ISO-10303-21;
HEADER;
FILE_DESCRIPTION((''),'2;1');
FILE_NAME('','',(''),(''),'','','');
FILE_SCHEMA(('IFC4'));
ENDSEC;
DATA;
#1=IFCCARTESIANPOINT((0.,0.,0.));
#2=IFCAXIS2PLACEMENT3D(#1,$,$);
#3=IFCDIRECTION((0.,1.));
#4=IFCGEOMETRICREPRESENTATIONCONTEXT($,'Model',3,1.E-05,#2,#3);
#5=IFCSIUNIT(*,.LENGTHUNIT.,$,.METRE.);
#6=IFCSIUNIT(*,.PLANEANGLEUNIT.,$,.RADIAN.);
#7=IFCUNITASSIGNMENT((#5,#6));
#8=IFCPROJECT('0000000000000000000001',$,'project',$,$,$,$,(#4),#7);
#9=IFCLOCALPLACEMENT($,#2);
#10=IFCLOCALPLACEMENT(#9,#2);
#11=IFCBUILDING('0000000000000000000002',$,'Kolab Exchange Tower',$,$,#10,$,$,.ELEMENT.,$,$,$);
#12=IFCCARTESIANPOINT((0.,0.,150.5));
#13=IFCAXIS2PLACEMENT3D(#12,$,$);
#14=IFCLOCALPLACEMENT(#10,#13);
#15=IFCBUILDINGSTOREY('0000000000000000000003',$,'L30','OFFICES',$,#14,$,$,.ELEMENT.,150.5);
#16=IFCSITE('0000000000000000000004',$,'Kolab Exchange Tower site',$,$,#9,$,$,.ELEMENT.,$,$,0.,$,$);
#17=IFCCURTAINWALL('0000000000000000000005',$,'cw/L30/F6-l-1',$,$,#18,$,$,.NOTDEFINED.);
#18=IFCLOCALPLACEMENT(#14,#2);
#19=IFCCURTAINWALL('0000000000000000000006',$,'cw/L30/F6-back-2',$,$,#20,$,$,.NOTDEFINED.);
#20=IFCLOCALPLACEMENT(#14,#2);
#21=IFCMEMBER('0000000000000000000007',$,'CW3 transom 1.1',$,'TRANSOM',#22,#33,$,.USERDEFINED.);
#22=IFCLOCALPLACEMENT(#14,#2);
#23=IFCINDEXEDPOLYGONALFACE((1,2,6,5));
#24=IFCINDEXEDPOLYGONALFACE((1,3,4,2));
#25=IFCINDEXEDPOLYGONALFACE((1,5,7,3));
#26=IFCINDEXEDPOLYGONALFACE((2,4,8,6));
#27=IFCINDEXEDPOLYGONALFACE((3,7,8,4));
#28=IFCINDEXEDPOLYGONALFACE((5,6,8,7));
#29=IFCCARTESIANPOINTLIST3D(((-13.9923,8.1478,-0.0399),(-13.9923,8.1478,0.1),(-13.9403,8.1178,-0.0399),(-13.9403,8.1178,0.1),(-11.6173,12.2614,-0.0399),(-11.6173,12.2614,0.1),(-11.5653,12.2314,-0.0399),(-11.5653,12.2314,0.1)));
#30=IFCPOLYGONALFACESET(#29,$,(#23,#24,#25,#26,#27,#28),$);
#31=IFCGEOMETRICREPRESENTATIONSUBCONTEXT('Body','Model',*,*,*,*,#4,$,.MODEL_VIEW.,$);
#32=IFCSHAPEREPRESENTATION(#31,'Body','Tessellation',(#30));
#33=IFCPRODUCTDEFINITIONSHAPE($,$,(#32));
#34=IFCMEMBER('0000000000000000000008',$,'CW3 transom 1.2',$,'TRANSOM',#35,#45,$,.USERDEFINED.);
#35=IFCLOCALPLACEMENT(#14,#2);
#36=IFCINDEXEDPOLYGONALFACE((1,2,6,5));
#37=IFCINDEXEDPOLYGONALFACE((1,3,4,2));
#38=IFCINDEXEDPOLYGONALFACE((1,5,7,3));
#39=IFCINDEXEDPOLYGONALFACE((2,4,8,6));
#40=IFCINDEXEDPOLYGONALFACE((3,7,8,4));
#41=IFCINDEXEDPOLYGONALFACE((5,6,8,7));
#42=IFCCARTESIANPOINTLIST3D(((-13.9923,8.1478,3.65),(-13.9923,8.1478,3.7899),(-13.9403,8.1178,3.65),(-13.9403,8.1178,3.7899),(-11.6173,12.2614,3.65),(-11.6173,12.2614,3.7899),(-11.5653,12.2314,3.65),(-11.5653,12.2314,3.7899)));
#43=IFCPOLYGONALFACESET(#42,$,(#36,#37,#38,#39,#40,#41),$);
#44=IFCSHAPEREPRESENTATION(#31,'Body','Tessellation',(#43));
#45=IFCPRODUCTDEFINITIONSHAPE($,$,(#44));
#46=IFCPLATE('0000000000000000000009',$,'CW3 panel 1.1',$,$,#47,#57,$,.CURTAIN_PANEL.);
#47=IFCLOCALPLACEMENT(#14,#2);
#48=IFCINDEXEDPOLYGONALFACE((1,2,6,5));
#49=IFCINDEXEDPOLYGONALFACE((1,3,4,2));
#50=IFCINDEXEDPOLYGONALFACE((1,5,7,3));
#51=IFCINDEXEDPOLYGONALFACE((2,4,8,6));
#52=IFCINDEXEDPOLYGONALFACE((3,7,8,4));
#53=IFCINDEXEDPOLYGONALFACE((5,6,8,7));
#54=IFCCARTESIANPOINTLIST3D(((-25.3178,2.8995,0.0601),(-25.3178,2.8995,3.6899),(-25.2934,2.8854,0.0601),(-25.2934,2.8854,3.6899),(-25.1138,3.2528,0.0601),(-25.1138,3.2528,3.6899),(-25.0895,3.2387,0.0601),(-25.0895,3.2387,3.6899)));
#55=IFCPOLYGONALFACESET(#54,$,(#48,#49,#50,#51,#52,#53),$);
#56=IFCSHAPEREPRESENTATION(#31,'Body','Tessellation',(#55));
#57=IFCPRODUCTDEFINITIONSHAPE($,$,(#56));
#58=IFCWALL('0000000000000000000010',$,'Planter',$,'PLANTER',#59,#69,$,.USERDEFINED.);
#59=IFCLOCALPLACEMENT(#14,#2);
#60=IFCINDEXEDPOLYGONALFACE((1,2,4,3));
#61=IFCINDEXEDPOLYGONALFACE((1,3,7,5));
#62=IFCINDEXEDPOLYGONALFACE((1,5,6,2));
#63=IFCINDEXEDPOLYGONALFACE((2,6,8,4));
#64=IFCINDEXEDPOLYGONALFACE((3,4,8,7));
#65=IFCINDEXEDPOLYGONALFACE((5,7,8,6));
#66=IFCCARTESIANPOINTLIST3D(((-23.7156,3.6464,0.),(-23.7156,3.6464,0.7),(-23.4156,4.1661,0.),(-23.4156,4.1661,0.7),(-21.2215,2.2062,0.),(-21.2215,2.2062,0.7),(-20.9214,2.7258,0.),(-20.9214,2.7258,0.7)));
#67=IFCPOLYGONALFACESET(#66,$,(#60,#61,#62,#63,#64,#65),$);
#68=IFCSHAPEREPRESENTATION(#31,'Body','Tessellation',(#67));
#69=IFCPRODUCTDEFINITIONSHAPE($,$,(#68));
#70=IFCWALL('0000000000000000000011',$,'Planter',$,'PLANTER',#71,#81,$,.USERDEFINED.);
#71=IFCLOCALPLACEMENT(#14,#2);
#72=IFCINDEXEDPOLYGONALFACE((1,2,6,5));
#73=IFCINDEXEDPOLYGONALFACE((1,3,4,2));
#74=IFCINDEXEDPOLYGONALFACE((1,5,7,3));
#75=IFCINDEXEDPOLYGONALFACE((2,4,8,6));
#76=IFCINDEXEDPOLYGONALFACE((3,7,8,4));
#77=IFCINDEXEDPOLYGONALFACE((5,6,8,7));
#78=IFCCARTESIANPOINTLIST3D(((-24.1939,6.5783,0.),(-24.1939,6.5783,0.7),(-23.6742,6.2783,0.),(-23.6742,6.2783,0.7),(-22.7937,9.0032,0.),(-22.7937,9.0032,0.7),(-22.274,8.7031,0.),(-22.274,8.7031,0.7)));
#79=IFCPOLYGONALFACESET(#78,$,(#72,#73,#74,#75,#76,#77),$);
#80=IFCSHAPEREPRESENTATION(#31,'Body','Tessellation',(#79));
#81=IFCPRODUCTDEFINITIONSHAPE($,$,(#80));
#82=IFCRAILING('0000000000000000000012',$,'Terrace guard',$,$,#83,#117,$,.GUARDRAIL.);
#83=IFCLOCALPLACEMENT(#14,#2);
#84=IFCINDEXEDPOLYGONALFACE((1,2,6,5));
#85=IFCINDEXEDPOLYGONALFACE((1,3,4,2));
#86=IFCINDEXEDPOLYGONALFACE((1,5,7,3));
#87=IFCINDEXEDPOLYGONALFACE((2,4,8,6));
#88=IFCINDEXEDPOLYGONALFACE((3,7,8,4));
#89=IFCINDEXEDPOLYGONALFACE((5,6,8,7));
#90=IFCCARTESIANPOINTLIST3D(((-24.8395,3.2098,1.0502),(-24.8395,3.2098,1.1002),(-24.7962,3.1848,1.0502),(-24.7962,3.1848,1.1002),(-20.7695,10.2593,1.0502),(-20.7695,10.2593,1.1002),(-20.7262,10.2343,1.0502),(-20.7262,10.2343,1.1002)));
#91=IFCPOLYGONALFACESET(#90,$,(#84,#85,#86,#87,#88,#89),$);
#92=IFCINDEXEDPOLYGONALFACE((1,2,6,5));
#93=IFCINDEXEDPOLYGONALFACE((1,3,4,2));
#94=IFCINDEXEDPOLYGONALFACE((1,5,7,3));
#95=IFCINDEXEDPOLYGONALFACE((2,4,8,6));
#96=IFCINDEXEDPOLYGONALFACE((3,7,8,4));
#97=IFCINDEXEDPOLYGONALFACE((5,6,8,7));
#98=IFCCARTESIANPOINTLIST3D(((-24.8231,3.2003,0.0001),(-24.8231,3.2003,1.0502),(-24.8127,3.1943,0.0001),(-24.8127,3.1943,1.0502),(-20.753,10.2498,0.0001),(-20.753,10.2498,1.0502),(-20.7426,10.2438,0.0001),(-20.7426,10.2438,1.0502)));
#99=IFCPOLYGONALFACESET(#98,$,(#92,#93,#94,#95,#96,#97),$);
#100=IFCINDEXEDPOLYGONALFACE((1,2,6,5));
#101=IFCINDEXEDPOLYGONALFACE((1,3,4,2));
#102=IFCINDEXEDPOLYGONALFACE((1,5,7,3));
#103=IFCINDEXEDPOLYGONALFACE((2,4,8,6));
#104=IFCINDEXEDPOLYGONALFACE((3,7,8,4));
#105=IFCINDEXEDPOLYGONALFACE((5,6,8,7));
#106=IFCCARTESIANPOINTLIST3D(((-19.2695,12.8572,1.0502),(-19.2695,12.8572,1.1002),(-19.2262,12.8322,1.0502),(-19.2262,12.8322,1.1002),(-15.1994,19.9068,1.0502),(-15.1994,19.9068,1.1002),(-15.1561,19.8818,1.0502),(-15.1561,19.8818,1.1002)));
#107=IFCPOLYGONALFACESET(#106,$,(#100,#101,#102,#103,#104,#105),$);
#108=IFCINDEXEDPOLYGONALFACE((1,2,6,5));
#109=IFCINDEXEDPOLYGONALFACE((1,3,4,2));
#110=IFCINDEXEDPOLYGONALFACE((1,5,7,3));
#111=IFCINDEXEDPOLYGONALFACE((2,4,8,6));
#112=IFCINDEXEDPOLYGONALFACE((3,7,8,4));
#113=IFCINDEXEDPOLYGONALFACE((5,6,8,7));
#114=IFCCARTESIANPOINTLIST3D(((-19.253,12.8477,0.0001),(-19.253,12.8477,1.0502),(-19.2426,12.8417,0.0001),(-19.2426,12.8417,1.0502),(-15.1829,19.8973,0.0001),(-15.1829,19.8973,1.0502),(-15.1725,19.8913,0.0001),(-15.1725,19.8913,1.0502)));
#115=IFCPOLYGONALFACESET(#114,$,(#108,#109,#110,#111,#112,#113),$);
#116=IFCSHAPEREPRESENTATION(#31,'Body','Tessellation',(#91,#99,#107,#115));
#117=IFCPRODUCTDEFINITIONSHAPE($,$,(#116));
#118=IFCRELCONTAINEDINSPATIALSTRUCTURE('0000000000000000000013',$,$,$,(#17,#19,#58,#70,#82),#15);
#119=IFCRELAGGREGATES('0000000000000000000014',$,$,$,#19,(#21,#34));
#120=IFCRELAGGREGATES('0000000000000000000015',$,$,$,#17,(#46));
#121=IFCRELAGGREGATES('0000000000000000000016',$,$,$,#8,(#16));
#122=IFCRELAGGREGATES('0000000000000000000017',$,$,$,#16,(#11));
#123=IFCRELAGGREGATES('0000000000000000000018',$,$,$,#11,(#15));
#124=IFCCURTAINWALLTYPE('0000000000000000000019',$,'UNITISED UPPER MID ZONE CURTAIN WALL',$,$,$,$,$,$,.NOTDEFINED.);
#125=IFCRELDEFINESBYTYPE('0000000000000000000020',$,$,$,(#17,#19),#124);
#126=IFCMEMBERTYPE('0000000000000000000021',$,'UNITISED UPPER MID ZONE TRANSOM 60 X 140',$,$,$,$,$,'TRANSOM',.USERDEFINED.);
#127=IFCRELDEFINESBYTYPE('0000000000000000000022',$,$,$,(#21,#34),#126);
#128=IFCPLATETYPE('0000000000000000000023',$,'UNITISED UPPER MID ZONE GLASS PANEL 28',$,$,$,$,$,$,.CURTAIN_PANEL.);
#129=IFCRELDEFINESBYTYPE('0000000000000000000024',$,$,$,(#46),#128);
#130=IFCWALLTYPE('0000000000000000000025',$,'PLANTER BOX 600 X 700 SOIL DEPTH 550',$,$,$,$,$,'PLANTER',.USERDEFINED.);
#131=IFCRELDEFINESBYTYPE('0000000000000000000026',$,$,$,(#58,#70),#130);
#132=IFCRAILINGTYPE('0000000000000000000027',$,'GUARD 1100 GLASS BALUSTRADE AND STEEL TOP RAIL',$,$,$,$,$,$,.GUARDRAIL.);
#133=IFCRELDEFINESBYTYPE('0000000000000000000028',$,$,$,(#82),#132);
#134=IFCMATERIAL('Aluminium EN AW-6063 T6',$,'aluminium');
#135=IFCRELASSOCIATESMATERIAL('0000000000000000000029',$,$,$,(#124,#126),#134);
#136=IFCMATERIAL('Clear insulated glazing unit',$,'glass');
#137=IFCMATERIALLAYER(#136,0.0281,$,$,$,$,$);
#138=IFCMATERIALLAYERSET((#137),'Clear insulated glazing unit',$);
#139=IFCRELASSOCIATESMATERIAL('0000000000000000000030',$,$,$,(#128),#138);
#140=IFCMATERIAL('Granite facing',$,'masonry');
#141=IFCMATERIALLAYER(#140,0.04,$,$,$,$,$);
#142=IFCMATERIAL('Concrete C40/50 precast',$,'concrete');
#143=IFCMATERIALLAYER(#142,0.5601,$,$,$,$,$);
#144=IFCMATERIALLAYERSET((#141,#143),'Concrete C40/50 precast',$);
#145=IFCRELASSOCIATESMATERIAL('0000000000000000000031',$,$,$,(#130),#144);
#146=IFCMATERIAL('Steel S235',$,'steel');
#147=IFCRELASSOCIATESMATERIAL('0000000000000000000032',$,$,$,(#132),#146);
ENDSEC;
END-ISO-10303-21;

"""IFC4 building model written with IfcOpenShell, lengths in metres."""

from ifc_helpers import new_model, si_unit, direction, frame, frame_2d, origin, origin_2d, place, context, subcontext, project, spatial, rectangle, extrude, material, layer, layer_set, material_profile, profile_set, type_object, element, aggregate, save


model = new_model("IFC4")

# Units and contexts
model_context = context("Model", 3, precision=1e-05, world=origin(), true_north=direction((0.0, 1.0)))
body_context = subcontext(model_context, "Body", "Model", "MODEL_VIEW")
ifc_project = project(units=[si_unit("LENGTHUNIT", "METRE"), si_unit("PLANEANGLEUNIT", "RADIAN")], contexts=[model_context])

# Site, building, storey
site_placement = place(None, origin())
site = spatial("IfcSite", under=ifc_project, at=site_placement, Name="Kolab Exchange Tower site", CompositionType="ELEMENT", RefElevation=0.0)
building_placement = place(site_placement, origin())
building = spatial("IfcBuilding", under=site, at=building_placement, Name="Kolab Exchange Tower", CompositionType="ELEMENT")
storey_placement = place(building_placement, frame((0.0, 0.0, 150.5)))
storey = spatial("IfcBuildingStorey", under=building, at=storey_placement, Name="L30", Description="OFFICES", CompositionType="ELEMENT", Elevation=150.5)

# Curtain wall
ifc_material_1 = material(Name="Aluminium EN AW-6063 T6", Category="aluminium")
curtain_wall_type = type_object("IfcCurtainWallType", Name="UNITISED UPPER MID ZONE CURTAIN WALL", PredefinedType="NOTDEFINED", material=ifc_material_1)
curtain_wall_1_placement = place(storey_placement, origin())
curtain_wall_1 = element("IfcCurtainWall", 1, at=curtain_wall_1_placement, inside=storey, type_object=curtain_wall_type, Name="cw/L30/F6-l-1", PredefinedType="NOTDEFINED")

# Curtain wall
curtain_wall_2_placement = place(storey_placement, origin())
curtain_wall_2 = element("IfcCurtainWall", 2, at=curtain_wall_2_placement, inside=storey, type_object=curtain_wall_type, Name="cw/L30/F6-back-2", PredefinedType="NOTDEFINED")

# Members
ifc_material_profile_1 = material_profile(ifc_material_1, rectangle(XDim=0.0601, YDim=0.1399, at=origin_2d()), Name="RECT 60X140")
ifc_profile_set_1 = profile_set([ifc_material_profile_1], Name="Aluminium EN AW-6063 T6")
member_type_1 = type_object("IfcMemberType", Name="UNITISED UPPER MID ZONE TRANSOM 60 X 140", ElementType="TRANSOM", PredefinedType="USERDEFINED", material=ifc_profile_set_1)
member_1_placement = place(storey_placement, frame((-13.9663, 8.1328, 0.03), z_axis=(0.500009, 0.86602, 0.0), x_axis=(-0.86602, 0.500009, 0.0)))
member_1 = element("IfcMember", 3, at=member_1_placement, type_object=member_type_1, Name="CW3 transom 1.1", ObjectType="TRANSOM", PredefinedType="USERDEFINED", context=body_context, shape_type="SweptSolid", body=[
    extrude(rectangle(XDim=0.0601, YDim=0.1399, at=origin_2d()), origin(), (0.0, 0.0, 1.0), 4.75),
])
member_2_placement = place(storey_placement, frame((-13.9663, 8.1328, 3.72), z_axis=(0.500009, 0.86602, 0.0), x_axis=(-0.86602, 0.500009, 0.0)))
member_2 = element("IfcMember", 4, at=member_2_placement, type_object=member_type_1, Name="CW3 transom 1.2", ObjectType="TRANSOM", PredefinedType="USERDEFINED", context=body_context, shape_type="SweptSolid", body=[
    extrude(rectangle(XDim=0.0601, YDim=0.1399, at=origin_2d()), origin(), (0.0, 0.0, 1.0), 4.75),
])
aggregate(curtain_wall_2, [member_1, member_2])

# Plate
ifc_material_2 = material(Name="Clear insulated glazing unit", Category="glass")
ifc_layer_1 = layer(ifc_material_2, 0.0281)
ifc_layer_set_1 = layer_set([ifc_layer_1], Name="Clear insulated glazing unit")
plate_type = type_object("IfcPlateType", Name="UNITISED UPPER MID ZONE GLASS PANEL 28", PredefinedType="CURTAIN_PANEL", material=ifc_layer_set_1)
plate_placement = place(storey_placement, frame((-25.2036, 3.0691, 0.0601), z_axis=(0.0, 0.0, 1.0), x_axis=(0.499999, 0.866026, 0.0)))
plate = element("IfcPlate", 5, at=plate_placement, type_object=plate_type, Name="CW3 panel 1.1", PredefinedType="CURTAIN_PANEL", context=body_context, shape_type="SweptSolid", body=[
    extrude(rectangle(XDim=0.408, YDim=0.0281, at=origin_2d()), origin(), (0.0, 0.0, 1.0), 3.6299),
])
aggregate(curtain_wall_1, [plate])

# Walls
ifc_material_3 = material(Name="Granite facing", Category="masonry")
ifc_layer_2 = layer(ifc_material_3, 0.04)
ifc_material_4 = material(Name="Concrete C40/50 precast", Category="concrete")
ifc_layer_3 = layer(ifc_material_4, 0.5601)
ifc_layer_set_2 = layer_set([ifc_layer_2, ifc_layer_3], Name="Concrete C40/50 precast")
wall_type_1 = type_object("IfcWallType", Name="PLANTER BOX 600 X 700 SOIL DEPTH 550", ElementType="PLANTER", PredefinedType="USERDEFINED", material=ifc_layer_set_2)
wall_1_placement = place(storey_placement, frame((-21.0715, 2.4661, 0.0), z_axis=(0.0, 0.0, 1.0), x_axis=(-0.865996, 0.50005, 0.0)))
element("IfcWall", 6, at=wall_1_placement, inside=storey, type_object=wall_type_1, Name="Planter", ObjectType="PLANTER", PredefinedType="USERDEFINED", context=body_context, shape_type="SweptSolid", body=[
    extrude(rectangle(XDim=2.8801, YDim=0.6001, at=frame_2d((1.4399, 0.0))), origin(), (0.0, 0.0, 1.0), 0.7),
])
wall_2_placement = place(storey_placement, frame((-22.5339, 8.853, 0.0), z_axis=(0.0, 0.0, 1.0), x_axis=(-0.50005, -0.865997, 0.0)))
element("IfcWall", 7, at=wall_2_placement, inside=storey, type_object=wall_type_1, Name="Planter", ObjectType="PLANTER", PredefinedType="USERDEFINED", context=body_context, shape_type="SweptSolid", body=[
    extrude(rectangle(XDim=2.8, YDim=0.6001, at=frame_2d((1.3999, 0.0))), origin(), (0.0, 0.0, 1.0), 0.7),
])

# Railing
ifc_material_5 = material(Name="Steel S235", Category="steel")
railing_type = type_object("IfcRailingType", Name="GUARD 1100 GLASS BALUSTRADE AND STEEL TOP RAIL", PredefinedType="GUARDRAIL", material=ifc_material_5)
railing_placement = place(storey_placement, frame((-24.8179, 3.1973, 0.0)))
element("IfcRailing", 8, at=railing_placement, inside=storey, type_object=railing_type, Name="Terrace guard", PredefinedType="GUARDRAIL", context=body_context, shape_type="SweptSolid", body=[
    extrude(rectangle(XDim=0.05, YDim=0.05, at=origin_2d()), frame((0.0, 0.0, 1.0752), z_axis=(0.5, 0.866025, 0.0), x_axis=(-0.866025, 0.5, 0.0)), (0.0, 0.0, 1.0), 8.1401),
    extrude(rectangle(XDim=0.012, YDim=1.0501, at=frame_2d((0.0, 0.5251))), frame((0.0, 0.0, 0.0), z_axis=(0.5, 0.866025, 0.0), x_axis=(-0.866025, 0.5, 0.0)), (0.0, 0.0, 1.0), 8.1401),
    extrude(rectangle(XDim=0.05, YDim=0.05, at=origin_2d()), frame((9.6401, 16.697, 1.0752), z_axis=(-0.5, -0.866025, 0.0), x_axis=(0.866025, -0.5, 0.0)), (0.0, 0.0, 1.0), 8.1401),
    extrude(rectangle(XDim=0.012, YDim=1.0501, at=frame_2d((0.0, 0.5251))), frame((9.6401, 16.697, 0.0), z_axis=(-0.5, -0.866025, 0.0), x_axis=(0.866025, -0.5, 0.0)), (0.0, 0.0, 1.0), 8.1401),
])

save(model, "model.ifc")
